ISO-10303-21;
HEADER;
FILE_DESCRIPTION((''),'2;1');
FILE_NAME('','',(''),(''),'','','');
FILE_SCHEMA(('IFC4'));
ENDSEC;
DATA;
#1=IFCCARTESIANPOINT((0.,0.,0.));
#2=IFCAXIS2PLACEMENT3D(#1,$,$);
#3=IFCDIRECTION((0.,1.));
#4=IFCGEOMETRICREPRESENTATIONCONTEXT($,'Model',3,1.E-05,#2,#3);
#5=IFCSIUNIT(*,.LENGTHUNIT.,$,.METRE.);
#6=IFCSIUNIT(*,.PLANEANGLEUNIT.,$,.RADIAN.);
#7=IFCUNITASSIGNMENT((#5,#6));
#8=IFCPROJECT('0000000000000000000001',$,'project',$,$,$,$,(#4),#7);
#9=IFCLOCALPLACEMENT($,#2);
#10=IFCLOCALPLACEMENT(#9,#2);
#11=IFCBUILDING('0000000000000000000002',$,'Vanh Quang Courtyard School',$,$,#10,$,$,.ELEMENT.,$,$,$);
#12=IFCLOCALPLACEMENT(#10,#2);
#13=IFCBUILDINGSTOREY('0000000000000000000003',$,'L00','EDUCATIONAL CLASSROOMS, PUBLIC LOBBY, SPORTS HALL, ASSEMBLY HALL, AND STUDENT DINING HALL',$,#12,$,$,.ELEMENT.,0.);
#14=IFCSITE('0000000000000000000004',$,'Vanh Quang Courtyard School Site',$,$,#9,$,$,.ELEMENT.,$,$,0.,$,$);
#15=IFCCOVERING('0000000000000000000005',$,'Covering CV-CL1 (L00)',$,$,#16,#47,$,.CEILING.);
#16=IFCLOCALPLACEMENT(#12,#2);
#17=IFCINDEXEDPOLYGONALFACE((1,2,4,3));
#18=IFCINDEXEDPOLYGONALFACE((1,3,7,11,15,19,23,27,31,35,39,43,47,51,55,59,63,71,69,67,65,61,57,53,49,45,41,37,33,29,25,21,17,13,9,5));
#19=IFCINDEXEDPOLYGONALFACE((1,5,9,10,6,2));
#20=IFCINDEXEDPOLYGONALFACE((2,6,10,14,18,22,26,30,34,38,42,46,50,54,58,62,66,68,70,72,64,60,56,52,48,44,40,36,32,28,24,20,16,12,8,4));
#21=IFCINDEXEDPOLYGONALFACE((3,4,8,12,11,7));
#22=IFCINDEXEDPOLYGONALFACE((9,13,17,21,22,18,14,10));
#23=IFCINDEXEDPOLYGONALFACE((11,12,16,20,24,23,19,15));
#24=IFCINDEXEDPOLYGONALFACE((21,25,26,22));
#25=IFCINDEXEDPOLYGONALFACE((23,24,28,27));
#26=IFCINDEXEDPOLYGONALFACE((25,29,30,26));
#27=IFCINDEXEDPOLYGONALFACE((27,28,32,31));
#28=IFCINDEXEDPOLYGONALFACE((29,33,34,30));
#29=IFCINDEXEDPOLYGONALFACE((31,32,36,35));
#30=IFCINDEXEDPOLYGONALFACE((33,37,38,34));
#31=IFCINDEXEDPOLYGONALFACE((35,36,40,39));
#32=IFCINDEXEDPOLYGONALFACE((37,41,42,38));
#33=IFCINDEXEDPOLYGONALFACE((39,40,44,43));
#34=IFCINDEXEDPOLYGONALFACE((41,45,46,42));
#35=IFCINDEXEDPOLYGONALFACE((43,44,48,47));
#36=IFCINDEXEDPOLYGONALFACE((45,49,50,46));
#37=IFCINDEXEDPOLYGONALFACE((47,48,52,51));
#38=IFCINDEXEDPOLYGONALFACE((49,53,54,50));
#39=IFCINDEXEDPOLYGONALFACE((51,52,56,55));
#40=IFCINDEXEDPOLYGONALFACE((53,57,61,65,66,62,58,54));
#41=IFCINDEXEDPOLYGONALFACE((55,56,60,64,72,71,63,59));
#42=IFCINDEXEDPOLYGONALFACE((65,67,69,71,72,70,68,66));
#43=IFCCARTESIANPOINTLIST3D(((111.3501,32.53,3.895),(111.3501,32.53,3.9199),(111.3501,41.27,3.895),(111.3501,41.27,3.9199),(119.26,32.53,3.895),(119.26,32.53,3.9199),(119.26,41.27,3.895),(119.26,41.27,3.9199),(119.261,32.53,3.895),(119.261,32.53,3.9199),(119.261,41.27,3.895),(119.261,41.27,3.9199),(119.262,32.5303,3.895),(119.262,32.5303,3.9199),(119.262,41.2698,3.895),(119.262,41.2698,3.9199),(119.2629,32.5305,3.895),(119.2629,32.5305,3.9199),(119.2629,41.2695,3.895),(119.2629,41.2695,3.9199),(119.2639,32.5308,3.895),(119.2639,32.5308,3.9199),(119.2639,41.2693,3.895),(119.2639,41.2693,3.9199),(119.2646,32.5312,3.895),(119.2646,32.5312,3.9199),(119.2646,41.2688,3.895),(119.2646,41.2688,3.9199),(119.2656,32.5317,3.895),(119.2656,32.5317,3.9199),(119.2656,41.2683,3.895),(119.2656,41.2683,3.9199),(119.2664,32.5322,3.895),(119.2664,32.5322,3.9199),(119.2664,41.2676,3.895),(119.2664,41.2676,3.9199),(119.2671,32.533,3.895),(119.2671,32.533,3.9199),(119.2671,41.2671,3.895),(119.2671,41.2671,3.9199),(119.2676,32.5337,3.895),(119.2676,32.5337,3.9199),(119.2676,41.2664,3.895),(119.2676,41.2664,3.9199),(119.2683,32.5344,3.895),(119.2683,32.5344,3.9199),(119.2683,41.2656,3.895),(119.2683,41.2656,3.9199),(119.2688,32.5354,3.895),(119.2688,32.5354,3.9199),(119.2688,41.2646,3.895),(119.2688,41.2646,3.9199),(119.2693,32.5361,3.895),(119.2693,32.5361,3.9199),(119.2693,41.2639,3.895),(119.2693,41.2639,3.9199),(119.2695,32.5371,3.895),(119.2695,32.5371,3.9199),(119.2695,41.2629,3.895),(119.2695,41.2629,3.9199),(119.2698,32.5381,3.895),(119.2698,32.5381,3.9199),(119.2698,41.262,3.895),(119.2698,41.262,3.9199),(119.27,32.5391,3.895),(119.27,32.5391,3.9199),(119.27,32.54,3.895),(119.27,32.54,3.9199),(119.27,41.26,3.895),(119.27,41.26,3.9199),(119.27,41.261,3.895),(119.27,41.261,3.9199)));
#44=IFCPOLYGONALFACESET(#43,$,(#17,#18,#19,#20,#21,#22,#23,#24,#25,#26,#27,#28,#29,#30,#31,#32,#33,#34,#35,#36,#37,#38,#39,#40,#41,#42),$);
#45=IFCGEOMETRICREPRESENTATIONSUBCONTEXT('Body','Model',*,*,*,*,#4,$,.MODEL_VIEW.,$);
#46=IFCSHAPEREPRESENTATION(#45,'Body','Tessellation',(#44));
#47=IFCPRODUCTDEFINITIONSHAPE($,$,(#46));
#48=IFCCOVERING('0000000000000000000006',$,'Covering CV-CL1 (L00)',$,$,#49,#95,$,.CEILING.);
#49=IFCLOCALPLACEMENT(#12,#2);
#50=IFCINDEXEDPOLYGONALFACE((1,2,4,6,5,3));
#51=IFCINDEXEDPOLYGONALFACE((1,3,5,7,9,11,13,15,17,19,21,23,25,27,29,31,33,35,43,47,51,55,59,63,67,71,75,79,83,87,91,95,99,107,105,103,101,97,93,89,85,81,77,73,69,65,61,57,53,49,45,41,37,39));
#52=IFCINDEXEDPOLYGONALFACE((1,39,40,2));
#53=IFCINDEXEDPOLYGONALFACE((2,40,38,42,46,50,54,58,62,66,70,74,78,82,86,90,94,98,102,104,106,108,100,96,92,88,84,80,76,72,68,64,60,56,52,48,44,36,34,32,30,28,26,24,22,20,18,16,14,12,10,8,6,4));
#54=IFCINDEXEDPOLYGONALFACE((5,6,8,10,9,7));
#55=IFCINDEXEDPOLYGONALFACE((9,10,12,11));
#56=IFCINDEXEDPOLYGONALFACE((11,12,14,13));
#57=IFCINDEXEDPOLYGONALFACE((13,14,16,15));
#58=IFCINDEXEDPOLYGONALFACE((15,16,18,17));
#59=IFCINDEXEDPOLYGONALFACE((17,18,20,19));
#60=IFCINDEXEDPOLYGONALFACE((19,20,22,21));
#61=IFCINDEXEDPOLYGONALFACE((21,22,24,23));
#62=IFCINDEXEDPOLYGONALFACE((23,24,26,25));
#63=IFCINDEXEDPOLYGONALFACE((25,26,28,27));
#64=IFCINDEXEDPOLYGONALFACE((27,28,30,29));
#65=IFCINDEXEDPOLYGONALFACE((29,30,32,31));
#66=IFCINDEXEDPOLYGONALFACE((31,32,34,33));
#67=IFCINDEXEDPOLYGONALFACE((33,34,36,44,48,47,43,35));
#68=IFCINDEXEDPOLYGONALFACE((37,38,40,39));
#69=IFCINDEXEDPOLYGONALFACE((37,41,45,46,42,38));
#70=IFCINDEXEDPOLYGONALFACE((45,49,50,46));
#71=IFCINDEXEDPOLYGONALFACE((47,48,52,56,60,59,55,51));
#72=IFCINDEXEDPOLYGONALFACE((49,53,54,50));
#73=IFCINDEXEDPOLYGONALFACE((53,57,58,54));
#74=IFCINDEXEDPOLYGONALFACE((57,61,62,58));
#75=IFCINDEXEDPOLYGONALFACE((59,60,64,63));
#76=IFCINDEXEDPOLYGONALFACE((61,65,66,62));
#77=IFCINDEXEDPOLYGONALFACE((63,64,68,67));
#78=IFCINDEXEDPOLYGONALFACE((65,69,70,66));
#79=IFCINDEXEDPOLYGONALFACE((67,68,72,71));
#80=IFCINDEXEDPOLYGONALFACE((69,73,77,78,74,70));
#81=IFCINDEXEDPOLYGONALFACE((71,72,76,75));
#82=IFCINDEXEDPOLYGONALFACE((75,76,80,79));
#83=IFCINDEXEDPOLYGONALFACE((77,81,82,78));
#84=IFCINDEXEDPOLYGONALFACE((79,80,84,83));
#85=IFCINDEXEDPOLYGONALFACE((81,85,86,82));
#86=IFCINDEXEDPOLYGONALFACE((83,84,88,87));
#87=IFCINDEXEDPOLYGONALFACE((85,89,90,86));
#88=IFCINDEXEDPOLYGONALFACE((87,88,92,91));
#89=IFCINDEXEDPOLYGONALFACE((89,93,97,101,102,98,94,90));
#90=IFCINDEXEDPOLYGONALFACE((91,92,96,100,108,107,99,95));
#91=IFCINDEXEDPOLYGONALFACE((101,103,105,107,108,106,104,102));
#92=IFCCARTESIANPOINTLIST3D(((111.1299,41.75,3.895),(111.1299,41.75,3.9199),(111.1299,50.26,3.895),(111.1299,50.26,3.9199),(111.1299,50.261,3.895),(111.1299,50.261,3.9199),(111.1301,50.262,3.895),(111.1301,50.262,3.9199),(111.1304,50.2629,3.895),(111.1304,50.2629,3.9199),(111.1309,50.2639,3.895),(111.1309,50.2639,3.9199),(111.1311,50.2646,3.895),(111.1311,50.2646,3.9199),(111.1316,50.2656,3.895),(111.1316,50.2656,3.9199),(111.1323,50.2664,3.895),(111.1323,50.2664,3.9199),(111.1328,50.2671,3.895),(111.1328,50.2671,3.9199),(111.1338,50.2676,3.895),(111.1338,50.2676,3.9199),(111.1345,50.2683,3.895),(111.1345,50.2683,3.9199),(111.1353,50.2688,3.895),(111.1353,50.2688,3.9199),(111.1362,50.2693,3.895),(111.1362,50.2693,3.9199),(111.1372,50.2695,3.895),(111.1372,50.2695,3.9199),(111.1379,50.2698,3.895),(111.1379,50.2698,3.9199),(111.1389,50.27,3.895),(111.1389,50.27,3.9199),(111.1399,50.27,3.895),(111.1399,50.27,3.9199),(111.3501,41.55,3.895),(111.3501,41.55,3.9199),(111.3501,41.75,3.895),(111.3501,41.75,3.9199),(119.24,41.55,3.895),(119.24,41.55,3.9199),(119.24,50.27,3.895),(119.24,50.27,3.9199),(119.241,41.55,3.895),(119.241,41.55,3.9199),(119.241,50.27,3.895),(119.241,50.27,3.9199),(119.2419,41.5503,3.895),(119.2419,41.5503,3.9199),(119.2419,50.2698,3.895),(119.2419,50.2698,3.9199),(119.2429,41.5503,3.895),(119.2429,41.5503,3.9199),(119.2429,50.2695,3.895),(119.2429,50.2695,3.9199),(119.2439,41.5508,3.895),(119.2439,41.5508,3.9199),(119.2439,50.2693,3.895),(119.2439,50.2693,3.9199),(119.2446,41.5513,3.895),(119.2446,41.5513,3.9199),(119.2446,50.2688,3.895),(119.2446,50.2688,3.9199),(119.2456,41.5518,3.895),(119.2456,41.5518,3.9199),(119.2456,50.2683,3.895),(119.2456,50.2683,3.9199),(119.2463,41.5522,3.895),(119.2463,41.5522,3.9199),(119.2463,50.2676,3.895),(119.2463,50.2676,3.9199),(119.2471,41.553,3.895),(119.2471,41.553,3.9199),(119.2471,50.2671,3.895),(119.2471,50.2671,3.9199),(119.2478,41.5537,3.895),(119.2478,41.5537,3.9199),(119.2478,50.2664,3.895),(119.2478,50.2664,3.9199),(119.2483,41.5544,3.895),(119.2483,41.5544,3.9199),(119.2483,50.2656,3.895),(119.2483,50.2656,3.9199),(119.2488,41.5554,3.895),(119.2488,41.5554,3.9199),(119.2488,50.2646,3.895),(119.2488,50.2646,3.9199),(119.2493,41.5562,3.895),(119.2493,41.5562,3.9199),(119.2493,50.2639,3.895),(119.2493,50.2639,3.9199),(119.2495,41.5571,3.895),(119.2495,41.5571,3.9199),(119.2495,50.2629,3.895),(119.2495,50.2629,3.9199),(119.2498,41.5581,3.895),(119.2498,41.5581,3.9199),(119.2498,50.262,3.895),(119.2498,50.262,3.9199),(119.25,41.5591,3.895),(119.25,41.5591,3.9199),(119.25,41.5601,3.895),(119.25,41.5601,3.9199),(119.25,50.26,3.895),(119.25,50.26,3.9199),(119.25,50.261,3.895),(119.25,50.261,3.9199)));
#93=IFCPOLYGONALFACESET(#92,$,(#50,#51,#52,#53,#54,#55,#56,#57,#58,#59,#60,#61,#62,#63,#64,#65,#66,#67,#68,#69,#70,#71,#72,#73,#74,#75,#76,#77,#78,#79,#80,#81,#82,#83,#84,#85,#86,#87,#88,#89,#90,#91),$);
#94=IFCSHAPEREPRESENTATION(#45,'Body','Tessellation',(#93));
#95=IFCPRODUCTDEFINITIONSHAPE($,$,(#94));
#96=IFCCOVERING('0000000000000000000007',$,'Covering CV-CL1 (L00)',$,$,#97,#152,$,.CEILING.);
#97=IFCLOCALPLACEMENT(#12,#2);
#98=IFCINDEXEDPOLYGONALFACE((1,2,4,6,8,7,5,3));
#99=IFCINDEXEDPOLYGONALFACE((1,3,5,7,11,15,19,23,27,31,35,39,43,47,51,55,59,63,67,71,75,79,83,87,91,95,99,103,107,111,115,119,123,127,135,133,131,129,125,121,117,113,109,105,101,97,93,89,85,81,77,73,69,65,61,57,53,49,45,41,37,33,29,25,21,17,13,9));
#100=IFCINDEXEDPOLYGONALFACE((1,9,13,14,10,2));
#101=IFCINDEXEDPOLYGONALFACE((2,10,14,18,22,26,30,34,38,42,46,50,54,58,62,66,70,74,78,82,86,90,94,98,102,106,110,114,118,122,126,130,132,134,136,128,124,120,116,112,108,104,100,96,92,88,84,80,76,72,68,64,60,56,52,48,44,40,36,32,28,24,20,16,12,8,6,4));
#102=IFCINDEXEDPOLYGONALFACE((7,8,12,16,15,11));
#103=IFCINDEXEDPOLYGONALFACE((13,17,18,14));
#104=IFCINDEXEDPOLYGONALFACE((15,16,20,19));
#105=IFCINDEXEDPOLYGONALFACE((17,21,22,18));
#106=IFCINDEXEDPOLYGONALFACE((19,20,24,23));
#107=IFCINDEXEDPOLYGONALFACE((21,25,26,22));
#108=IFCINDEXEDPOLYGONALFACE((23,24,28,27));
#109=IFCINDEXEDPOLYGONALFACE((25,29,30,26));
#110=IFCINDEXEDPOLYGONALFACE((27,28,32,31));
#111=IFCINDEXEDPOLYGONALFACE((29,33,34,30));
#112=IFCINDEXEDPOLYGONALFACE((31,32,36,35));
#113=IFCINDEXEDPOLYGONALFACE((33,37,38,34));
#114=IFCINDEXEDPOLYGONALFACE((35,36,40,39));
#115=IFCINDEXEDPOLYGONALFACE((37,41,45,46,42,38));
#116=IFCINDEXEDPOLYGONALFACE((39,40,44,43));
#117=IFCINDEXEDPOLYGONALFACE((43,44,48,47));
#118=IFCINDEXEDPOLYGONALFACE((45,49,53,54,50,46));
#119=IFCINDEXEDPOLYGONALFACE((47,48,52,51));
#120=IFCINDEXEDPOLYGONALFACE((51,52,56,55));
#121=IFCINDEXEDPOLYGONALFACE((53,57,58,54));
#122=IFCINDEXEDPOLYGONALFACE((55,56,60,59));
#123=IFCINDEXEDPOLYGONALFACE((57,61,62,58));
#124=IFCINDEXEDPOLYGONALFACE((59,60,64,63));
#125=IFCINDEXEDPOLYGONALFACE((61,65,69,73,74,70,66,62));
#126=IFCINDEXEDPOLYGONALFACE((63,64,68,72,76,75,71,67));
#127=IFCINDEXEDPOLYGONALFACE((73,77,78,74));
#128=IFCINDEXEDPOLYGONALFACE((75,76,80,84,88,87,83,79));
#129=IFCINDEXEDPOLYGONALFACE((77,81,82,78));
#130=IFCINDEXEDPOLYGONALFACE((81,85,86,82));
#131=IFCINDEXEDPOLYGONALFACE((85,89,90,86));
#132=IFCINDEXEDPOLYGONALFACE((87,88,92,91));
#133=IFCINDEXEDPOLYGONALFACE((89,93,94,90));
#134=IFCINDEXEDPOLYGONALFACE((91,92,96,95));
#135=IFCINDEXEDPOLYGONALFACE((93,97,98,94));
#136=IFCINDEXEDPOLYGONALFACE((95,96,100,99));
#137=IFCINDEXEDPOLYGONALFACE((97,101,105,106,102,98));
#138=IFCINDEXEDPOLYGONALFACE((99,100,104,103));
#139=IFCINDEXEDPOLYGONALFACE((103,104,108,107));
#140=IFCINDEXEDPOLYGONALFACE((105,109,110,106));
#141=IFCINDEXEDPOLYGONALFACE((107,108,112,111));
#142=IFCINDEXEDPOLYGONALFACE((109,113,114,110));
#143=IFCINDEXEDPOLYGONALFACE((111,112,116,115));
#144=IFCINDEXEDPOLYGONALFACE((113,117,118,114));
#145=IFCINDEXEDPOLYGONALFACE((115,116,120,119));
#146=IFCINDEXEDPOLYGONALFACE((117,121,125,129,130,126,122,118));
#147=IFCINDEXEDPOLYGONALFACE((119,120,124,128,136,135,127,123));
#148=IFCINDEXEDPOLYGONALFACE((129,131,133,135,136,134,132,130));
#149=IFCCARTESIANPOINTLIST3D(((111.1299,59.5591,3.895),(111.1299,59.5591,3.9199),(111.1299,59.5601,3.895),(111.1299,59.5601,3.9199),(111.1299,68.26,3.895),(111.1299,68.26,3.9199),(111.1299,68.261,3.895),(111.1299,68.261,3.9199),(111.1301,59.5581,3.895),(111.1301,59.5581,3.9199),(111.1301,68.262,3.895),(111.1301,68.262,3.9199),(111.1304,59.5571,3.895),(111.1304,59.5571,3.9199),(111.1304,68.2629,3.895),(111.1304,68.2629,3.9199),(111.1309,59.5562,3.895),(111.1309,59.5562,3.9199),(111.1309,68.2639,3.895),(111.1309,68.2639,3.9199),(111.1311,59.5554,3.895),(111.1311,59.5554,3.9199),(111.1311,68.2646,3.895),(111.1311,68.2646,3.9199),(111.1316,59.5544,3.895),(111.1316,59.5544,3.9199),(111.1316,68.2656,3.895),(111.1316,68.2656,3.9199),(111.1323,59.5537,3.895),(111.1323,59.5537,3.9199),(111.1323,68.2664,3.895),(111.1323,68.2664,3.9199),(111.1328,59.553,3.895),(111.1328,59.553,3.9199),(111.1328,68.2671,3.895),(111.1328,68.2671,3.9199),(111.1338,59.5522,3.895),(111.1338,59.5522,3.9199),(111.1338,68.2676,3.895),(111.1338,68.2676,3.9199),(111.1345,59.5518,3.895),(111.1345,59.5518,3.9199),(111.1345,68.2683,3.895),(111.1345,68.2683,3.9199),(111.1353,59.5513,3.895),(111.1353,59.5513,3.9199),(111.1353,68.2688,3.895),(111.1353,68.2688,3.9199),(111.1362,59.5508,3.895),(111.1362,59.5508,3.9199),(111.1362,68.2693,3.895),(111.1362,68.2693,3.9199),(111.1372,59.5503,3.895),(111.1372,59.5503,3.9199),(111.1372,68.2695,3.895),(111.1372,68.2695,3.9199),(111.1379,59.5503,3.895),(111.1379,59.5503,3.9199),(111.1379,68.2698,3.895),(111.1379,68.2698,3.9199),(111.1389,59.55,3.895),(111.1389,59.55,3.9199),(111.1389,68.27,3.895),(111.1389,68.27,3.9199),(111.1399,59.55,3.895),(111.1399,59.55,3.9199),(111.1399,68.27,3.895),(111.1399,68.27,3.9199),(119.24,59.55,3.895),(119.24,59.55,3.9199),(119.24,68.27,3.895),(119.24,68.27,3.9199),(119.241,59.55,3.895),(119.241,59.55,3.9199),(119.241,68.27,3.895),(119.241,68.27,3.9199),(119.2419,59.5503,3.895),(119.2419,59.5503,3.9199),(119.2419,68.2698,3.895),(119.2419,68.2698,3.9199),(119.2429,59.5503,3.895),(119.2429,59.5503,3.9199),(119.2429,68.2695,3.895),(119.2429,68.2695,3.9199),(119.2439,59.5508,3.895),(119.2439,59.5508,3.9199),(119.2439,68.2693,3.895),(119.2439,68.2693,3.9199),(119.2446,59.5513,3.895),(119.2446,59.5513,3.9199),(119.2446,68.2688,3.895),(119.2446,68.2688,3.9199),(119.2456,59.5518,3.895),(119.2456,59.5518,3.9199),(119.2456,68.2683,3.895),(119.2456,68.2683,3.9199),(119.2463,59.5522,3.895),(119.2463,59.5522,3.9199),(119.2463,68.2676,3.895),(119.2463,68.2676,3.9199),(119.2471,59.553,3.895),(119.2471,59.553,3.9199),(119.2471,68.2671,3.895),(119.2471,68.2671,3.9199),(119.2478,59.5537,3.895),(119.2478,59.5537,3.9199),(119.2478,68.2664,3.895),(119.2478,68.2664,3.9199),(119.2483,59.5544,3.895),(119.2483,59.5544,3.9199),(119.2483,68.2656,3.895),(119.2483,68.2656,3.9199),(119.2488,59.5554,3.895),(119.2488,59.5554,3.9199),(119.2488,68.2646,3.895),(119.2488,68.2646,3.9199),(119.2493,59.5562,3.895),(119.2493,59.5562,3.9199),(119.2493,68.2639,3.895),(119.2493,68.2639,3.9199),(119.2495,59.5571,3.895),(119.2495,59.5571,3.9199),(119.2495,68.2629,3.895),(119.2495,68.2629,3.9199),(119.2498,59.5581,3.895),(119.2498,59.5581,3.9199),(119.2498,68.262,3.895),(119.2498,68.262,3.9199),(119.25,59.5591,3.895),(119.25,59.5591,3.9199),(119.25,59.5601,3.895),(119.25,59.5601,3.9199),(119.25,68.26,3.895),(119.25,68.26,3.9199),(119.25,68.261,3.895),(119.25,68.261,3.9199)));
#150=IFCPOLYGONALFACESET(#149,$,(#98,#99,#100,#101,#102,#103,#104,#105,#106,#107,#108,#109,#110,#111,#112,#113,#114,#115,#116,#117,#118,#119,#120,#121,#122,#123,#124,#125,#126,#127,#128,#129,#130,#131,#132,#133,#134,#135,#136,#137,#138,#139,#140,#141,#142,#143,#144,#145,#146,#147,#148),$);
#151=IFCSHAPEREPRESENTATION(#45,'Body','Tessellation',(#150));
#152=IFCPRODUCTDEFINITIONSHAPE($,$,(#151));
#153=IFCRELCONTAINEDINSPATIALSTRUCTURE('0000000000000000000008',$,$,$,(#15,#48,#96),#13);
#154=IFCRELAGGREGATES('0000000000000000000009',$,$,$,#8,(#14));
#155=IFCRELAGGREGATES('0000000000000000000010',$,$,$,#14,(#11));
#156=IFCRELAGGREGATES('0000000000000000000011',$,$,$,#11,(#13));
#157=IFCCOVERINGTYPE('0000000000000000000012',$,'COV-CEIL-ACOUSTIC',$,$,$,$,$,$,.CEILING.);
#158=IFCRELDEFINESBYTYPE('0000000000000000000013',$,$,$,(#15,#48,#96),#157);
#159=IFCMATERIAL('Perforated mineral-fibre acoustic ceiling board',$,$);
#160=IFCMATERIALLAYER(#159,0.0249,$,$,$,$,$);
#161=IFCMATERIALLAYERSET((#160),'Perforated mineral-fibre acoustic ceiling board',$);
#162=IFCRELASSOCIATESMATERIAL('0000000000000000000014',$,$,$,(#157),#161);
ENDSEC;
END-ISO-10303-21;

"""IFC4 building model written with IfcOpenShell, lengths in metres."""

from ifc_helpers import new_model, si_unit, direction, frame, origin, place, context, subcontext, project, spatial, polyline, outline, extrude, material, layer, layer_set, type_object, element, save


model = new_model("IFC4")

# Units and contexts
model_context = context("Model", 3, precision=1e-05, world=origin(), true_north=direction((0.0, 1.0)))
body_context = subcontext(model_context, "Body", "Model", "MODEL_VIEW")
ifc_project = project(units=[si_unit("LENGTHUNIT", "METRE"), si_unit("PLANEANGLEUNIT", "RADIAN")], contexts=[model_context])

# Site, building, storey
site_placement = place(None, origin())
site = spatial("IfcSite", under=ifc_project, at=site_placement, Name="Vanh Quang Courtyard School Site", CompositionType="ELEMENT", RefElevation=0.0)
building_placement = place(site_placement, origin())
building = spatial("IfcBuilding", under=site, at=building_placement, Name="Vanh Quang Courtyard School", CompositionType="ELEMENT")
storey_placement = place(building_placement, origin())
storey = spatial("IfcBuildingStorey", under=building, at=storey_placement, Name="L00", Description="EDUCATIONAL CLASSROOMS, PUBLIC LOBBY, SPORTS HALL, ASSEMBLY HALL, AND STUDENT DINING HALL", CompositionType="ELEMENT", Elevation=0.0)

# Coverings
ifc_material_1 = material(Name="Perforated mineral-fibre acoustic ceiling board")
ifc_layer_1 = layer(ifc_material_1, 0.0249)
ifc_layer_set_1 = layer_set([ifc_layer_1], Name="Perforated mineral-fibre acoustic ceiling board")
covering_type = type_object("IfcCoveringType", Name="COV-CEIL-ACOUSTIC", PredefinedType="CEILING", material=ifc_layer_set_1)
covering_1_placement = place(storey_placement, frame((0.0, 0.0, 3.895)))
element("IfcCovering", 1, at=covering_1_placement, inside=storey, type_object=covering_type, Name="Covering CV-CL1 (L00)", PredefinedType="CEILING", context=body_context, shape_type="SweptSolid", body=[
    extrude(outline(polyline([(111.3501, 32.53), (111.3501, 41.27), (119.26, 41.27), (119.261, 41.27), (119.262, 41.2698), (119.2629, 41.2695), (119.2639, 41.2693), (119.2646, 41.2688), (119.2656, 41.2683), (119.2664, 41.2676), (119.2671, 41.2671), (119.2676, 41.2664), (119.2683, 41.2656), (119.2688, 41.2646), (119.2693, 41.2639), (119.2695, 41.2629), (119.2698, 41.262), (119.27, 41.261), (119.27, 41.26), (119.27, 32.54), (119.27, 32.5391), (119.2698, 32.5381), (119.2695, 32.5371), (119.2693, 32.5361), (119.2688, 32.5354), (119.2683, 32.5344), (119.2676, 32.5337), (119.2671, 32.533), (119.2664, 32.5322), (119.2656, 32.5317), (119.2646, 32.5312), (119.2639, 32.5308), (119.2629, 32.5305), (119.262, 32.5303), (119.261, 32.53), (119.26, 32.53), (111.3501, 32.53)])), origin(), (0.0, 0.0, 1.0), 0.0249),
])
covering_2_placement = place(storey_placement, frame((0.0, 0.0, 3.895)))
element("IfcCovering", 2, at=covering_2_placement, inside=storey, type_object=covering_type, Name="Covering CV-CL1 (L00)", PredefinedType="CEILING", context=body_context, shape_type="SweptSolid", body=[
    extrude(outline(polyline([(111.3501, 41.55), (111.3501, 41.75), (111.1299, 41.75), (111.1299, 50.26), (111.1299, 50.261), (111.1301, 50.262), (111.1304, 50.2629), (111.1309, 50.2639), (111.1311, 50.2646), (111.1316, 50.2656), (111.1323, 50.2664), (111.1328, 50.2671), (111.1338, 50.2676), (111.1345, 50.2683), (111.1353, 50.2688), (111.1362, 50.2693), (111.1372, 50.2695), (111.1379, 50.2698), (111.1389, 50.27), (111.1399, 50.27), (119.24, 50.27), (119.241, 50.27), (119.2419, 50.2698), (119.2429, 50.2695), (119.2439, 50.2693), (119.2446, 50.2688), (119.2456, 50.2683), (119.2463, 50.2676), (119.2471, 50.2671), (119.2478, 50.2664), (119.2483, 50.2656), (119.2488, 50.2646), (119.2493, 50.2639), (119.2495, 50.2629), (119.2498, 50.262), (119.25, 50.261), (119.25, 50.26), (119.25, 41.5601), (119.25, 41.5591), (119.2498, 41.5581), (119.2495, 41.5571), (119.2493, 41.5562), (119.2488, 41.5554), (119.2483, 41.5544), (119.2478, 41.5537), (119.2471, 41.553), (119.2463, 41.5522), (119.2456, 41.5518), (119.2446, 41.5513), (119.2439, 41.5508), (119.2429, 41.5503), (119.2419, 41.5503), (119.241, 41.55), (119.24, 41.55), (111.3501, 41.55)])), origin(), (0.0, 0.0, 1.0), 0.0249),
])
covering_3_placement = place(storey_placement, frame((0.0, 0.0, 3.895)))
element("IfcCovering", 3, at=covering_3_placement, inside=storey, type_object=covering_type, Name="Covering CV-CL1 (L00)", PredefinedType="CEILING", context=body_context, shape_type="SweptSolid", body=[
    extrude(outline(polyline([(111.1399, 59.55), (111.1389, 59.55), (111.1379, 59.5503), (111.1372, 59.5503), (111.1362, 59.5508), (111.1353, 59.5513), (111.1345, 59.5518), (111.1338, 59.5522), (111.1328, 59.553), (111.1323, 59.5537), (111.1316, 59.5544), (111.1311, 59.5554), (111.1309, 59.5562), (111.1304, 59.5571), (111.1301, 59.5581), (111.1299, 59.5591), (111.1299, 59.5601), (111.1299, 68.26), (111.1299, 68.261), (111.1301, 68.262), (111.1304, 68.2629), (111.1309, 68.2639), (111.1311, 68.2646), (111.1316, 68.2656), (111.1323, 68.2664), (111.1328, 68.2671), (111.1338, 68.2676), (111.1345, 68.2683), (111.1353, 68.2688), (111.1362, 68.2693), (111.1372, 68.2695), (111.1379, 68.2698), (111.1389, 68.27), (111.1399, 68.27), (119.24, 68.27), (119.241, 68.27), (119.2419, 68.2698), (119.2429, 68.2695), (119.2439, 68.2693), (119.2446, 68.2688), (119.2456, 68.2683), (119.2463, 68.2676), (119.2471, 68.2671), (119.2478, 68.2664), (119.2483, 68.2656), (119.2488, 68.2646), (119.2493, 68.2639), (119.2495, 68.2629), (119.2498, 68.262), (119.25, 68.261), (119.25, 68.26), (119.25, 59.5601), (119.25, 59.5591), (119.2498, 59.5581), (119.2495, 59.5571), (119.2493, 59.5562), (119.2488, 59.5554), (119.2483, 59.5544), (119.2478, 59.5537), (119.2471, 59.553), (119.2463, 59.5522), (119.2456, 59.5518), (119.2446, 59.5513), (119.2439, 59.5508), (119.2429, 59.5503), (119.2419, 59.5503), (119.241, 59.55), (119.24, 59.55), (111.1399, 59.55)])), origin(), (0.0, 0.0, 1.0), 0.0249),
])

save(model, "model.ifc")
